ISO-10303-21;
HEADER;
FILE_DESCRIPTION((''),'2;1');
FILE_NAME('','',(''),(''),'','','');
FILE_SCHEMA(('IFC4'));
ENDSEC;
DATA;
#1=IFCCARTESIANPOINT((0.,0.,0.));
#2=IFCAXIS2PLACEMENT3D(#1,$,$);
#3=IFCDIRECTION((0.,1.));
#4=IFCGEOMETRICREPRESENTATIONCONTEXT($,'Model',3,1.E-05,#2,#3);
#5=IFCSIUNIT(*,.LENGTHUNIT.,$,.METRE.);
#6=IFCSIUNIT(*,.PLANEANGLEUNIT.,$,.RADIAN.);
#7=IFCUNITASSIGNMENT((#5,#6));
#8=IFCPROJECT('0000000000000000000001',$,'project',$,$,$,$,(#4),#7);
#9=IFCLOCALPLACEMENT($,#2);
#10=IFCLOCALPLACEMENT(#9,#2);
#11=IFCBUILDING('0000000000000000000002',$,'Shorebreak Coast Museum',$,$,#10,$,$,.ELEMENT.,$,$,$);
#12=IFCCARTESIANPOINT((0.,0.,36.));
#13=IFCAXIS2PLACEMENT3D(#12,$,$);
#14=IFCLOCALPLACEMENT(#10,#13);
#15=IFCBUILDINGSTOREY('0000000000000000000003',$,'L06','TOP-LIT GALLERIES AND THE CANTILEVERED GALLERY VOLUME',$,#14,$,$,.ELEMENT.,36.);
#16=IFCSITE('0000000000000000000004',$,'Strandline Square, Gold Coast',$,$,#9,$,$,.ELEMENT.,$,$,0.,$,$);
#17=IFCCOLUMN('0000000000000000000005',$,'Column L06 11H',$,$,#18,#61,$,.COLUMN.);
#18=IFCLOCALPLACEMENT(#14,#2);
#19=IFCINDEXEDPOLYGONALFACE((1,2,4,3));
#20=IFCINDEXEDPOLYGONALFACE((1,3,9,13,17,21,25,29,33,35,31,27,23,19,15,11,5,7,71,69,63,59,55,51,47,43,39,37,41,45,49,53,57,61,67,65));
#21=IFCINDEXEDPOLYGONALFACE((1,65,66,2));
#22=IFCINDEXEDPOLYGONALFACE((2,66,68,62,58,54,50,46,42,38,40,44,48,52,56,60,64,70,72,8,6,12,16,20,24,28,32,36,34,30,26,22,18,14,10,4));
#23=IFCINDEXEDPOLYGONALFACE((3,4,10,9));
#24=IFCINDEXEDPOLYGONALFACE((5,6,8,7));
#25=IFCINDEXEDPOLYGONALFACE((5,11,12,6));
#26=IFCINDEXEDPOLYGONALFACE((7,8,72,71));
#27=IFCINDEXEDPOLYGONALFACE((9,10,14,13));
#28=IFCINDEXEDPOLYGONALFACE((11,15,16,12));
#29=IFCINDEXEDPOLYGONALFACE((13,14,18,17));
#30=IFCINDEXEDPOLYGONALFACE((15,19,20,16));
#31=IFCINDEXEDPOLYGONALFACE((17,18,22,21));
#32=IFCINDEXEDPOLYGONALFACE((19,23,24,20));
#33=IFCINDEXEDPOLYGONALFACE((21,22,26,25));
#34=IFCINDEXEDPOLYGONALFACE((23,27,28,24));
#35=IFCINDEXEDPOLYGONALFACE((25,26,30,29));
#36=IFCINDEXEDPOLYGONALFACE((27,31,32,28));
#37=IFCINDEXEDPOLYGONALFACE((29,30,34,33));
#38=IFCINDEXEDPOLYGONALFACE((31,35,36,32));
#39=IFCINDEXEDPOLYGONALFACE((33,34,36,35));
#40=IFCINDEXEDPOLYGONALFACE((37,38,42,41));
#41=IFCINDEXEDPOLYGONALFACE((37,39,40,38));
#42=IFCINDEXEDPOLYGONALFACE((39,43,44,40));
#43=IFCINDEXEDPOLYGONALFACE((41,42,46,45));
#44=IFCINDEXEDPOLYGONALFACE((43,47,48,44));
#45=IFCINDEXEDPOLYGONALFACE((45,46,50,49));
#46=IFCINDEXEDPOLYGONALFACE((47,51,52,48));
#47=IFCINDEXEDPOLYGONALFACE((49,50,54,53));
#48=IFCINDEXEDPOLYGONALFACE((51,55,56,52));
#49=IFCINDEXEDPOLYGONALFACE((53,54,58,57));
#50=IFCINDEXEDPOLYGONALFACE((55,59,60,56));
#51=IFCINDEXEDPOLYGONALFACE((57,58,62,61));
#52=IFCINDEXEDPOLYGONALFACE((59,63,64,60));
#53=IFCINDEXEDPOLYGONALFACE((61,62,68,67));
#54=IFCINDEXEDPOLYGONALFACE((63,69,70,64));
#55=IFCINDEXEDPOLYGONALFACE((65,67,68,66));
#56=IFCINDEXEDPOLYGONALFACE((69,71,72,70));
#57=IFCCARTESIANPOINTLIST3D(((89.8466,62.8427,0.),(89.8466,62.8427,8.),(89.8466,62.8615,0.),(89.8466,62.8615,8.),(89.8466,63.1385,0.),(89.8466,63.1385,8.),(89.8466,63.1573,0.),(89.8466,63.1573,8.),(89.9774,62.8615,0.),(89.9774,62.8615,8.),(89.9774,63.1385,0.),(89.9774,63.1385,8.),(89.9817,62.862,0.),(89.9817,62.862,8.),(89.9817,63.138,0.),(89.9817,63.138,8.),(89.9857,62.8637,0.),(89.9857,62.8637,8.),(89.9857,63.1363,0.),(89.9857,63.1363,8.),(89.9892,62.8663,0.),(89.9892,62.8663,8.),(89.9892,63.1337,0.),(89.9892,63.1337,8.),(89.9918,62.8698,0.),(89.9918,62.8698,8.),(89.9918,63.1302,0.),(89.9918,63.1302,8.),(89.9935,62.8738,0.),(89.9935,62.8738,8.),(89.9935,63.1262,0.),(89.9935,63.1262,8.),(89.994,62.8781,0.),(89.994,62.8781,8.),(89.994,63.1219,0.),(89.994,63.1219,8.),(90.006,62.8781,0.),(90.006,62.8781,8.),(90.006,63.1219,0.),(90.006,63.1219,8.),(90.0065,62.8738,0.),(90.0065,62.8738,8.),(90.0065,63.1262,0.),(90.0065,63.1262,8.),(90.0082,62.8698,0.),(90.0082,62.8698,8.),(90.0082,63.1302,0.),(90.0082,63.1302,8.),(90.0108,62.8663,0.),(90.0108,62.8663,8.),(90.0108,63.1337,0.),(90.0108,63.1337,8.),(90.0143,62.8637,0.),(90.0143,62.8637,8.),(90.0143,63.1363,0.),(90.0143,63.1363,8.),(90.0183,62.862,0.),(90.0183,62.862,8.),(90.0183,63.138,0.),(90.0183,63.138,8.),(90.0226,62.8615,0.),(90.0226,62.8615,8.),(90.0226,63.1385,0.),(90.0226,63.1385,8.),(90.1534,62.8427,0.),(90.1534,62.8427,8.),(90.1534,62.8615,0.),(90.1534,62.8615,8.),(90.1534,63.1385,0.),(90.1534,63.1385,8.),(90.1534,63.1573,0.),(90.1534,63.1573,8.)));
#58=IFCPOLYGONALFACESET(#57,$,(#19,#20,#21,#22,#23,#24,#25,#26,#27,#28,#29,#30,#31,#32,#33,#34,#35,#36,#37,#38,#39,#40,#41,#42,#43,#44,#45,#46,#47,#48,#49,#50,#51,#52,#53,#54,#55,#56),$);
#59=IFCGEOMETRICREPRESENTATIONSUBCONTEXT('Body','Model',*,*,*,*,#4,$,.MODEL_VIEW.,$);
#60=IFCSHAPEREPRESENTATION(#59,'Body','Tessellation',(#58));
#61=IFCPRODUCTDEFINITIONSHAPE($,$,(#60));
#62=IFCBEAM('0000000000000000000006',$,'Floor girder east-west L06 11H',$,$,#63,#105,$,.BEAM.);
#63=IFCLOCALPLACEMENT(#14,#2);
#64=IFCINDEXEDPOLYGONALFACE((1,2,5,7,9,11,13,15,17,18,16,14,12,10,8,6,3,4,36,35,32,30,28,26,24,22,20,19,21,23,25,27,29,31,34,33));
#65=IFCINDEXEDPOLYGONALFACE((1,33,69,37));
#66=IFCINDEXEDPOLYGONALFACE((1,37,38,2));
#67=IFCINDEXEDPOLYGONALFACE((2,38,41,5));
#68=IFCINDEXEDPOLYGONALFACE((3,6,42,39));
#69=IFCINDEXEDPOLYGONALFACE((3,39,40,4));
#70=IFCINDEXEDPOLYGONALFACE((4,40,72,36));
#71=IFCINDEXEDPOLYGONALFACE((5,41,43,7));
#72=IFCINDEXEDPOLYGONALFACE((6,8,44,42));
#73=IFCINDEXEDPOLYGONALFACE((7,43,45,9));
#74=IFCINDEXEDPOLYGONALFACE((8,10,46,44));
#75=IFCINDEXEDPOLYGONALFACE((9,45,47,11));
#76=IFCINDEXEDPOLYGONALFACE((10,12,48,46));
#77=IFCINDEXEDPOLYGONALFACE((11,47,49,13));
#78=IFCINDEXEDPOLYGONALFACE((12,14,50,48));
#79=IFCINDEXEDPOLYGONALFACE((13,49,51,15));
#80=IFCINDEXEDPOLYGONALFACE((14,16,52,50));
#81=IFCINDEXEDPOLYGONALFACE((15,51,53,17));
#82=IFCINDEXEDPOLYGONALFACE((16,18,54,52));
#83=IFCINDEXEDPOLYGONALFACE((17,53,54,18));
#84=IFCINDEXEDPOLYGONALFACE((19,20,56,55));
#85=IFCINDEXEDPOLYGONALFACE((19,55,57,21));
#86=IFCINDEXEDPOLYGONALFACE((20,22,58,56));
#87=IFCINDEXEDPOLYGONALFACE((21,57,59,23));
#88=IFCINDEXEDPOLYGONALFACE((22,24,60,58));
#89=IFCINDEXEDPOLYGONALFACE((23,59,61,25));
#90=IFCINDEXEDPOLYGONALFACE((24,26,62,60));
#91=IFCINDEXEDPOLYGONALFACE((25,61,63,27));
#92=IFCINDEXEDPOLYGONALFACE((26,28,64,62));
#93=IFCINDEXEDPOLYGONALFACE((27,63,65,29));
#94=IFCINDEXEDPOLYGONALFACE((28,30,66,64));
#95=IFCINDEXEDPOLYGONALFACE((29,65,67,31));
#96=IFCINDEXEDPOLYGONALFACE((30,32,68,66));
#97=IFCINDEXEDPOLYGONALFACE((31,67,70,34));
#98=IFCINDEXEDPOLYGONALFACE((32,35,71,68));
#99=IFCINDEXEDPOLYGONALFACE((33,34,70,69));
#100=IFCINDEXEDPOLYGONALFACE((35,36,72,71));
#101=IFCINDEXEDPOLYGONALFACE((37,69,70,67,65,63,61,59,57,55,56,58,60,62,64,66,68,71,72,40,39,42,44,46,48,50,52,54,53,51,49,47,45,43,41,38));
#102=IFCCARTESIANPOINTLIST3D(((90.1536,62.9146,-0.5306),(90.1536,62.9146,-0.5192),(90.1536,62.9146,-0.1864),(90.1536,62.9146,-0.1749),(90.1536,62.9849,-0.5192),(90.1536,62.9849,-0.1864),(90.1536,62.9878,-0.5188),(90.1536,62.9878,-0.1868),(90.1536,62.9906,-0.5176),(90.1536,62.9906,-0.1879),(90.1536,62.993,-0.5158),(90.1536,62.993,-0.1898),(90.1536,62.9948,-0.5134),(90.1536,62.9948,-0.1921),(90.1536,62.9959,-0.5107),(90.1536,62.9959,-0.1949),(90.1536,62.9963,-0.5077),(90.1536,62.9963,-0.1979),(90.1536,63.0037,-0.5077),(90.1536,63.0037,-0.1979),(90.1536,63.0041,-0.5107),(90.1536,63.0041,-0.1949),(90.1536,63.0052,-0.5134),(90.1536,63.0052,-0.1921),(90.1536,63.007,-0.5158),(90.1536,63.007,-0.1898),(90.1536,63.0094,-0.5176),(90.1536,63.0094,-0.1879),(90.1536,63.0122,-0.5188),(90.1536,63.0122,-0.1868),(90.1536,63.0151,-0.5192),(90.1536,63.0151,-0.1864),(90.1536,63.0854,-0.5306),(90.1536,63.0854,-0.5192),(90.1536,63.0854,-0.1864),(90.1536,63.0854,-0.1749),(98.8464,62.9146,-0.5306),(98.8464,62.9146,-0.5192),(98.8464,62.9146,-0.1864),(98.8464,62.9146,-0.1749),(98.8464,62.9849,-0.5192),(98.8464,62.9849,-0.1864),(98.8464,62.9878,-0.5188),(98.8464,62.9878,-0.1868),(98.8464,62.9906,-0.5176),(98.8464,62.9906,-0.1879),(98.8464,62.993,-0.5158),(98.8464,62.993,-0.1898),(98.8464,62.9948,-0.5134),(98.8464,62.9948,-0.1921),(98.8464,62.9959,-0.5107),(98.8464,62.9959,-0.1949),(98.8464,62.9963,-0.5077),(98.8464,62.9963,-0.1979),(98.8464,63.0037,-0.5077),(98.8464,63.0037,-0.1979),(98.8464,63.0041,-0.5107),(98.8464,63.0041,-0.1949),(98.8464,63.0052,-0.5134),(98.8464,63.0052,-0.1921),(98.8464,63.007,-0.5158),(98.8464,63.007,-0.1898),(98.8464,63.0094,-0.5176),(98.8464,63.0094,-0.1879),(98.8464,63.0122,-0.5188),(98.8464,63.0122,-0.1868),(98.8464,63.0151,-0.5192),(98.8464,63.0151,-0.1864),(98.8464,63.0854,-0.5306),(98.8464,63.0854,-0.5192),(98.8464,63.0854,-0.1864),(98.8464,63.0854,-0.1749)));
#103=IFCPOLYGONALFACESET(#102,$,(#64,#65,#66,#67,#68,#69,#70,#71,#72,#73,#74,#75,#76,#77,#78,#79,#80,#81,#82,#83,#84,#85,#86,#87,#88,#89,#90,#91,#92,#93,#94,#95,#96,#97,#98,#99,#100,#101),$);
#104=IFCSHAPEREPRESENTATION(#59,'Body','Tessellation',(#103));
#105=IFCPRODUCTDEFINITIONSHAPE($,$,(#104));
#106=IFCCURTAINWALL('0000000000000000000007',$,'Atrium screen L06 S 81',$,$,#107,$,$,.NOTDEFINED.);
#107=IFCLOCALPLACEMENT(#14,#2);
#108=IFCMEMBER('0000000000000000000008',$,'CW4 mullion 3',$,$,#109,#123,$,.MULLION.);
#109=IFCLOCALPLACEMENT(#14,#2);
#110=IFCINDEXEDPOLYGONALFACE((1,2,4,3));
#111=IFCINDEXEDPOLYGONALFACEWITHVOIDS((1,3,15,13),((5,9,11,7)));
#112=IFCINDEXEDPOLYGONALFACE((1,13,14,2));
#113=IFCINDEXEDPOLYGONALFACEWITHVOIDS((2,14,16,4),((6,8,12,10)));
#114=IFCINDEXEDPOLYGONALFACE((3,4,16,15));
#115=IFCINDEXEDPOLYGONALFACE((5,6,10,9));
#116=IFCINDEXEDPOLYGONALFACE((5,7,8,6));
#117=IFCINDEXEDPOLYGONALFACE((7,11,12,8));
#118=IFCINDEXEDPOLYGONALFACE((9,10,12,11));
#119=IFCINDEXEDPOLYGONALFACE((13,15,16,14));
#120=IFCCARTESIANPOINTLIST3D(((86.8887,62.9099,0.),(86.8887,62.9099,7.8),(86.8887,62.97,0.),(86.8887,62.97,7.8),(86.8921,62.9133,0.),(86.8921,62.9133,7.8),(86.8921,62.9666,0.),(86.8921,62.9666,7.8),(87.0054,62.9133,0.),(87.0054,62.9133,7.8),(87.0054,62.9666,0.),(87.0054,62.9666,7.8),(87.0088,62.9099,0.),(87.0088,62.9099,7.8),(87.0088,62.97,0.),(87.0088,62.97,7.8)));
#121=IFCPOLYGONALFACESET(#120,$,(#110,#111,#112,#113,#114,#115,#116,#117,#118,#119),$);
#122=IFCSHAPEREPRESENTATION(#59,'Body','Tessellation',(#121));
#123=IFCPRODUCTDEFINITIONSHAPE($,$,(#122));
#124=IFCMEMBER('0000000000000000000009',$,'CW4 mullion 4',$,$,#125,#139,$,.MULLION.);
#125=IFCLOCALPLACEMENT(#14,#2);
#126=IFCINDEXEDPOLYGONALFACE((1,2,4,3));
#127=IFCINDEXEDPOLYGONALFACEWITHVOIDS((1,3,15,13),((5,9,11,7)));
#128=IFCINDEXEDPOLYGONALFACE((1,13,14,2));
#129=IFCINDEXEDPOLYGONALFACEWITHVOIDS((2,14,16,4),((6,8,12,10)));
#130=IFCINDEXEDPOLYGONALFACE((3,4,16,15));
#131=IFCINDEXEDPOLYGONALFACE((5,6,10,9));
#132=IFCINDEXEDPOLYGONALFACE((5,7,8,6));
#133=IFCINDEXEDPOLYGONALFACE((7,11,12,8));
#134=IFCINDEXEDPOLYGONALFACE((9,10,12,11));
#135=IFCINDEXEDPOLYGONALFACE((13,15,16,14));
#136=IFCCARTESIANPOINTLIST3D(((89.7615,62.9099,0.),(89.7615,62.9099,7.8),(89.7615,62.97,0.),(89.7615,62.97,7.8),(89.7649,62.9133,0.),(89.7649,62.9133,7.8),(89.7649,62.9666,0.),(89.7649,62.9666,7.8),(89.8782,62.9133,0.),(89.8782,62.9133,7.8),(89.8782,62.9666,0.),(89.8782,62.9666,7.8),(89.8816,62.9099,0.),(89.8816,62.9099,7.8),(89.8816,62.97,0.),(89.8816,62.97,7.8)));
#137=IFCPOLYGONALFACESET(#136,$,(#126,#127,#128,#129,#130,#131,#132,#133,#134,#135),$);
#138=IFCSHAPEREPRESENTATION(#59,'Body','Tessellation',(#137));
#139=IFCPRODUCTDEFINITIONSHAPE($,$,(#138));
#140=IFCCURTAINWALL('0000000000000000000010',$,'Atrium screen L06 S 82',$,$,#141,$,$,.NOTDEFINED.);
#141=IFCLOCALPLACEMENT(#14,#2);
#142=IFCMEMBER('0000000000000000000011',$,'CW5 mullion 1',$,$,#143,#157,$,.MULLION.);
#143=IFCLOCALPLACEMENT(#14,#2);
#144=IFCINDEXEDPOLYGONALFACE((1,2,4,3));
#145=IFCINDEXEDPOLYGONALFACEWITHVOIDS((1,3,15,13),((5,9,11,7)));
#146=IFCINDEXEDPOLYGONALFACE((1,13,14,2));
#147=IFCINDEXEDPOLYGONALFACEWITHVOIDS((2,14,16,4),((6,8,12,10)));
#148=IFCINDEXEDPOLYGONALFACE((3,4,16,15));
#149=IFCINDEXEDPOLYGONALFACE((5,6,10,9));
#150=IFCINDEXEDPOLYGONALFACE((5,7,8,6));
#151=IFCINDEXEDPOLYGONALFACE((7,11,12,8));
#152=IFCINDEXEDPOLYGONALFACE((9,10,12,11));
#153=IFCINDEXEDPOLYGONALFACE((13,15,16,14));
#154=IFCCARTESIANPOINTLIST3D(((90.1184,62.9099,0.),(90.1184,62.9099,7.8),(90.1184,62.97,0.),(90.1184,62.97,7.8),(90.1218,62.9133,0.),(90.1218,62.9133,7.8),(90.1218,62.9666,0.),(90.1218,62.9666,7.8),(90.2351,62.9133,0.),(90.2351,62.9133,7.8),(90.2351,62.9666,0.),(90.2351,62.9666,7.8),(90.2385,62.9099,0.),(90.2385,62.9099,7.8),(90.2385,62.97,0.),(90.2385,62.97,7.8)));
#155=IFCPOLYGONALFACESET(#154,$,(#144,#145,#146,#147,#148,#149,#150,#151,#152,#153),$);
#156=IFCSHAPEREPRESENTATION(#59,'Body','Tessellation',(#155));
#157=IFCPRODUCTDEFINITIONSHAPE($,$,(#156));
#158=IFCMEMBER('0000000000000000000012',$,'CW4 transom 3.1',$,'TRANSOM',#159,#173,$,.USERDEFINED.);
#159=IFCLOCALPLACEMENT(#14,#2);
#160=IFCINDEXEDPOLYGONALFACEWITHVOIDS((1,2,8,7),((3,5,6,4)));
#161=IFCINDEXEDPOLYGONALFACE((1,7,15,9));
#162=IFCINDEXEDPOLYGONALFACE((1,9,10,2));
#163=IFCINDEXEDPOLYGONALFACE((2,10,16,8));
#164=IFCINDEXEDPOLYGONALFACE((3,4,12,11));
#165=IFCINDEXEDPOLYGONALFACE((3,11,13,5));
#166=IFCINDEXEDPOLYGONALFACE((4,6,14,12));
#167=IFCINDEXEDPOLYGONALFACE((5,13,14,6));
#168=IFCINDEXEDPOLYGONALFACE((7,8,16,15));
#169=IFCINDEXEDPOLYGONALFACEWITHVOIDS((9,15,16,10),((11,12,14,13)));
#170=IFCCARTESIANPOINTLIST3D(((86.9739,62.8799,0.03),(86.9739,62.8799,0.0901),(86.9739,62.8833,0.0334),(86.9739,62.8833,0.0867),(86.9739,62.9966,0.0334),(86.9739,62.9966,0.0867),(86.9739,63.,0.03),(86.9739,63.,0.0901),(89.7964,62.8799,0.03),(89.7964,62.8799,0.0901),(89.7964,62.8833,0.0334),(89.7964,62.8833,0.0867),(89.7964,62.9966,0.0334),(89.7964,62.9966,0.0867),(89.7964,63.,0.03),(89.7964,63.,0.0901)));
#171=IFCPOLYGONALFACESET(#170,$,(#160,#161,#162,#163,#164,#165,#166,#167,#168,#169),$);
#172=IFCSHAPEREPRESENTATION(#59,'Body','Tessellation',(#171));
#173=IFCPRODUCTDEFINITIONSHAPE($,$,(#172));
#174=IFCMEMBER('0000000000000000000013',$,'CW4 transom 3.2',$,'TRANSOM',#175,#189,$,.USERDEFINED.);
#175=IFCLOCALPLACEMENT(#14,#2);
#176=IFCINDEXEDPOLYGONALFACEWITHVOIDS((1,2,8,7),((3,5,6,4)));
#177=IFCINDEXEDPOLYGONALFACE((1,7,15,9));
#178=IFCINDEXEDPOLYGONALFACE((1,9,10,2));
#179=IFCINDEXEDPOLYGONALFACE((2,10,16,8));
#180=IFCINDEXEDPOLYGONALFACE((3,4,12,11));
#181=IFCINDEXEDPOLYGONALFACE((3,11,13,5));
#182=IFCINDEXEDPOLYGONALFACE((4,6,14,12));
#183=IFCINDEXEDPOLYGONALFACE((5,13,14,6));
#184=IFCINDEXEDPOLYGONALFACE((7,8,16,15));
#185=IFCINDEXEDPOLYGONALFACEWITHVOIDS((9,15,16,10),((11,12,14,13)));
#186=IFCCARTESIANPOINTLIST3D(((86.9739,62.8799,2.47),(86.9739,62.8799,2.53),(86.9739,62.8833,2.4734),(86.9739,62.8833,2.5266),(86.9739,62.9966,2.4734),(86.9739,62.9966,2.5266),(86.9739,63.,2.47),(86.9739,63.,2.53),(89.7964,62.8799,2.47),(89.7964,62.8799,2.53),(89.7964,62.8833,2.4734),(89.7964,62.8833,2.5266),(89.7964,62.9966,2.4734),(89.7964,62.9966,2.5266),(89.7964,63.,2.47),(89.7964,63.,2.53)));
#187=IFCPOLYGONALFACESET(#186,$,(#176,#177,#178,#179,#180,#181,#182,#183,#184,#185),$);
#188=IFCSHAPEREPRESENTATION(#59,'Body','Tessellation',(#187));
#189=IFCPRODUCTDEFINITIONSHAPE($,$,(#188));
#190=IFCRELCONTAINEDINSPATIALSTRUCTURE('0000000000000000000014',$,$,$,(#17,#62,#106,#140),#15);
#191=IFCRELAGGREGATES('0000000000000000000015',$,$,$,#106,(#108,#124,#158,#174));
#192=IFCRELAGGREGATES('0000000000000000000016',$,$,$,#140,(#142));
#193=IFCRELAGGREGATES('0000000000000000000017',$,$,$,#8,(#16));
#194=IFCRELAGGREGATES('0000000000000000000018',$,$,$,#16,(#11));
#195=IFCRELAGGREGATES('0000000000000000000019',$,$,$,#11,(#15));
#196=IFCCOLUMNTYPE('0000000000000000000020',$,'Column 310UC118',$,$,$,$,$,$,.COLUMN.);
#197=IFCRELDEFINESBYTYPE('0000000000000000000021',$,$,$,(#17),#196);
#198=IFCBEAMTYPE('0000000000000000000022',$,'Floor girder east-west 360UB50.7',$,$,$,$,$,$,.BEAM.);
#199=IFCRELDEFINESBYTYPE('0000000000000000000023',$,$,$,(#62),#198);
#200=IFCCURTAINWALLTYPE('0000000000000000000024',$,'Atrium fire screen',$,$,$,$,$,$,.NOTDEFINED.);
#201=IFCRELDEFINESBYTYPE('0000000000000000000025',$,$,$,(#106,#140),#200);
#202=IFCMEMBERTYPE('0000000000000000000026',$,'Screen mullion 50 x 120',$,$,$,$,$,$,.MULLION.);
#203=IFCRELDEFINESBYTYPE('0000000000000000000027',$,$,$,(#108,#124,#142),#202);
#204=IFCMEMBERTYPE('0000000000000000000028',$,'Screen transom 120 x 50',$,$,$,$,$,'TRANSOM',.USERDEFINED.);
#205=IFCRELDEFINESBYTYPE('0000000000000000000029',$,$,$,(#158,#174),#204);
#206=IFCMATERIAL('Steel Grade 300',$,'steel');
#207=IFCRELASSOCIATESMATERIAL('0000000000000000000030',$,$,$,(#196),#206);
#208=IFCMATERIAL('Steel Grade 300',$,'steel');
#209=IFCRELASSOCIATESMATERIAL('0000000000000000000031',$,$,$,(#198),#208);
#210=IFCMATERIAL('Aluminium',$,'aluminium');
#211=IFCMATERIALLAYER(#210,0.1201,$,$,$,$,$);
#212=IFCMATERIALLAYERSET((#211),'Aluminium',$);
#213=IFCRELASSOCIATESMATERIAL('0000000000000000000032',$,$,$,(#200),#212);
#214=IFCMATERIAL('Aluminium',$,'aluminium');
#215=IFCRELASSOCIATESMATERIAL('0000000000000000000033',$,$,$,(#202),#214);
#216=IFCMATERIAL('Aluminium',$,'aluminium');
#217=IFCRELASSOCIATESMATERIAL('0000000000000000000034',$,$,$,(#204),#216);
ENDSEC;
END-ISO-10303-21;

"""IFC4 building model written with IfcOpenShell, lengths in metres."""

from ifc_helpers import new_model, si_unit, direction, frame, origin, origin_2d, place, context, subcontext, project, spatial, hollow_rectangle, i_section, extrude, material, layer, layer_set, material_profile, profile_set, type_object, element, aggregate, save


model = new_model("IFC4")

# Units and contexts
model_context = context("Model", 3, precision=1e-05, world=origin(), true_north=direction((0.0, 1.0)))
body_context = subcontext(model_context, "Body", "Model", "MODEL_VIEW")
ifc_project = project(units=[si_unit("LENGTHUNIT", "METRE"), si_unit("PLANEANGLEUNIT", "RADIAN")], contexts=[model_context])

# Site, building, storey
site_placement = place(None, origin())
site = spatial("IfcSite", under=ifc_project, at=site_placement, Name="Strandline Square, Gold Coast", CompositionType="ELEMENT", RefElevation=0.0)
building_placement = place(site_placement, origin())
building = spatial("IfcBuilding", under=site, at=building_placement, Name="Shorebreak Coast Museum", CompositionType="ELEMENT")
storey_placement = place(building_placement, frame((0.0, 0.0, 36.0)))
storey = spatial("IfcBuildingStorey", under=building, at=storey_placement, Name="L06", Description="TOP-LIT GALLERIES AND THE CANTILEVERED GALLERY VOLUME", CompositionType="ELEMENT", Elevation=36.0)

# Column
ifc_material_1 = material(Name="Steel Grade 300", Category="steel")
ifc_material_profile_1 = material_profile(ifc_material_1, i_section(OverallWidth=0.3069, OverallDepth=0.3147, WebThickness=0.012, FlangeThickness=0.0188, FilletRadius=0.0166, at=origin_2d()), Name="310UC118")
ifc_profile_set_1 = profile_set([ifc_material_profile_1], Name="Steel Grade 300")
column_type = type_object("IfcColumnType", Name="Column 310UC118", PredefinedType="COLUMN", material=ifc_profile_set_1)
column_placement = place(storey_placement, frame((90.0, 63.0, 0.0), z_axis=(0.0, 0.0, 1.0), x_axis=(1.0, 0.0, 0.0)))
element("IfcColumn", 1, at=column_placement, inside=storey, type_object=column_type, Name="Column L06 11H", PredefinedType="COLUMN", context=body_context, shape_type="SweptSolid", body=[
    extrude(i_section(OverallWidth=0.3069, OverallDepth=0.3147, WebThickness=0.012, FlangeThickness=0.0188, FilletRadius=0.0166, at=origin_2d()), origin(), (0.0, 0.0, 1.0), 8.0),
])

# Beam
ifc_material_2 = material(Name="Steel Grade 300", Category="steel")
ifc_material_profile_2 = material_profile(ifc_material_2, i_section(OverallWidth=0.1709, OverallDepth=0.3557, WebThickness=0.0073, FlangeThickness=0.0115, FilletRadius=0.0115, at=origin_2d()), Name="360UB50.7")
ifc_profile_set_2 = profile_set([ifc_material_profile_2], Name="Steel Grade 300")
beam_type = type_object("IfcBeamType", Name="Floor girder east-west 360UB50.7", PredefinedType="BEAM", material=ifc_profile_set_2)
beam_placement = place(storey_placement, frame((90.1536, 63.0, -0.3528), z_axis=(1.0, 0.0, 0.0), x_axis=(0.0, 1.0, 0.0)))
element("IfcBeam", 2, at=beam_placement, inside=storey, type_object=beam_type, Name="Floor girder east-west L06 11H", PredefinedType="BEAM", context=body_context, shape_type="SweptSolid", body=[
    extrude(i_section(OverallWidth=0.1709, OverallDepth=0.3557, WebThickness=0.0073, FlangeThickness=0.0115, FilletRadius=0.0115, at=origin_2d()), origin(), (0.0, 0.0, 1.0), 8.6929),
])

# Curtain wall, members
ifc_material_3 = material(Name="Aluminium", Category="aluminium")
ifc_layer_1 = layer(ifc_material_3, 0.1201)
ifc_layer_set_1 = layer_set([ifc_layer_1], Name="Aluminium")
curtain_wall_type = type_object("IfcCurtainWallType", Name="Atrium fire screen", PredefinedType="NOTDEFINED", material=ifc_layer_set_1)
curtain_wall_1_placement = place(storey_placement, origin())
curtain_wall_1 = element("IfcCurtainWall", 3, at=curtain_wall_1_placement, inside=storey, type_object=curtain_wall_type, Name="Atrium screen L06 S 81", PredefinedType="NOTDEFINED")
ifc_material_4 = material(Name="Aluminium", Category="aluminium")
ifc_material_profile_3 = material_profile(ifc_material_4, hollow_rectangle(XDim=0.0601, YDim=0.1201, WallThickness=0.0034, at=origin_2d()), Name="AL 120x60 RHS")
ifc_profile_set_3 = profile_set([ifc_material_profile_3], Name="Aluminium")
member_type_1 = type_object("IfcMemberType", Name="Screen mullion 50 x 120", PredefinedType="MULLION", material=ifc_profile_set_3)
member_1_placement = place(storey_placement, frame((86.9487, 62.9399, 0.0), z_axis=(0.0, 0.0, 1.0), x_axis=(0.0, 1.0, 0.0)))
member_1 = element("IfcMember", 4, at=member_1_placement, type_object=member_type_1, Name="CW4 mullion 3", PredefinedType="MULLION", context=body_context, shape_type="SweptSolid", body=[
    extrude(hollow_rectangle(XDim=0.0601, YDim=0.1201, WallThickness=0.0034, at=origin_2d()), origin(), (0.0, 0.0, 1.0), 7.8),
])
member_2_placement = place(storey_placement, frame((89.8215, 62.9399, 0.0), z_axis=(0.0, 0.0, 1.0), x_axis=(0.0, 1.0, 0.0)))
member_2 = element("IfcMember", 5, at=member_2_placement, type_object=member_type_1, Name="CW4 mullion 4", PredefinedType="MULLION", context=body_context, shape_type="SweptSolid", body=[
    extrude(hollow_rectangle(XDim=0.0601, YDim=0.1201, WallThickness=0.0034, at=origin_2d()), origin(), (0.0, 0.0, 1.0), 7.8),
])

# Curtain wall, member
curtain_wall_2_placement = place(storey_placement, origin())
curtain_wall_2 = element("IfcCurtainWall", 6, at=curtain_wall_2_placement, inside=storey, type_object=curtain_wall_type, Name="Atrium screen L06 S 82", PredefinedType="NOTDEFINED")
member_3_placement = place(storey_placement, frame((90.1785, 62.9399, 0.0), z_axis=(0.0, 0.0, 1.0), x_axis=(0.0, 1.0, 0.0)))
member_3 = element("IfcMember", 7, at=member_3_placement, type_object=member_type_1, Name="CW5 mullion 1", PredefinedType="MULLION", context=body_context, shape_type="SweptSolid", body=[
    extrude(hollow_rectangle(XDim=0.0601, YDim=0.1201, WallThickness=0.0034, at=origin_2d()), origin(), (0.0, 0.0, 1.0), 7.8),
])

# Members
ifc_material_5 = material(Name="Aluminium", Category="aluminium")
ifc_material_profile_4 = material_profile(ifc_material_5, hollow_rectangle(XDim=0.1201, YDim=0.0601, WallThickness=0.0034, at=origin_2d()), Name="AL 60x120 RHS")
ifc_profile_set_4 = profile_set([ifc_material_profile_4], Name="Aluminium")
member_type_2 = type_object("IfcMemberType", Name="Screen transom 120 x 50", ElementType="TRANSOM", PredefinedType="USERDEFINED", material=ifc_profile_set_4)
member_4_placement = place(storey_placement, frame((86.9739, 62.9399, 0.0601), z_axis=(1.0, 0.0, 0.0), x_axis=(0.0, 1.0, 0.0)))
member_4 = element("IfcMember", 8, at=member_4_placement, type_object=member_type_2, Name="CW4 transom 3.1", ObjectType="TRANSOM", PredefinedType="USERDEFINED", context=body_context, shape_type="SweptSolid", body=[
    extrude(hollow_rectangle(XDim=0.1201, YDim=0.0601, WallThickness=0.0034, at=origin_2d()), origin(), (0.0, 0.0, 1.0), 2.8225),
])
member_5_placement = place(storey_placement, frame((86.9739, 62.9399, 2.5), z_axis=(1.0, 0.0, 0.0), x_axis=(0.0, 1.0, 0.0)))
member_5 = element("IfcMember", 9, at=member_5_placement, type_object=member_type_2, Name="CW4 transom 3.2", ObjectType="TRANSOM", PredefinedType="USERDEFINED", context=body_context, shape_type="SweptSolid", body=[
    extrude(hollow_rectangle(XDim=0.1201, YDim=0.0601, WallThickness=0.0034, at=origin_2d()), origin(), (0.0, 0.0, 1.0), 2.8225),
])

aggregate(curtain_wall_1, [member_1, member_2, member_4, member_5])
aggregate(curtain_wall_2, [member_3])

save(model, "model.ifc")
